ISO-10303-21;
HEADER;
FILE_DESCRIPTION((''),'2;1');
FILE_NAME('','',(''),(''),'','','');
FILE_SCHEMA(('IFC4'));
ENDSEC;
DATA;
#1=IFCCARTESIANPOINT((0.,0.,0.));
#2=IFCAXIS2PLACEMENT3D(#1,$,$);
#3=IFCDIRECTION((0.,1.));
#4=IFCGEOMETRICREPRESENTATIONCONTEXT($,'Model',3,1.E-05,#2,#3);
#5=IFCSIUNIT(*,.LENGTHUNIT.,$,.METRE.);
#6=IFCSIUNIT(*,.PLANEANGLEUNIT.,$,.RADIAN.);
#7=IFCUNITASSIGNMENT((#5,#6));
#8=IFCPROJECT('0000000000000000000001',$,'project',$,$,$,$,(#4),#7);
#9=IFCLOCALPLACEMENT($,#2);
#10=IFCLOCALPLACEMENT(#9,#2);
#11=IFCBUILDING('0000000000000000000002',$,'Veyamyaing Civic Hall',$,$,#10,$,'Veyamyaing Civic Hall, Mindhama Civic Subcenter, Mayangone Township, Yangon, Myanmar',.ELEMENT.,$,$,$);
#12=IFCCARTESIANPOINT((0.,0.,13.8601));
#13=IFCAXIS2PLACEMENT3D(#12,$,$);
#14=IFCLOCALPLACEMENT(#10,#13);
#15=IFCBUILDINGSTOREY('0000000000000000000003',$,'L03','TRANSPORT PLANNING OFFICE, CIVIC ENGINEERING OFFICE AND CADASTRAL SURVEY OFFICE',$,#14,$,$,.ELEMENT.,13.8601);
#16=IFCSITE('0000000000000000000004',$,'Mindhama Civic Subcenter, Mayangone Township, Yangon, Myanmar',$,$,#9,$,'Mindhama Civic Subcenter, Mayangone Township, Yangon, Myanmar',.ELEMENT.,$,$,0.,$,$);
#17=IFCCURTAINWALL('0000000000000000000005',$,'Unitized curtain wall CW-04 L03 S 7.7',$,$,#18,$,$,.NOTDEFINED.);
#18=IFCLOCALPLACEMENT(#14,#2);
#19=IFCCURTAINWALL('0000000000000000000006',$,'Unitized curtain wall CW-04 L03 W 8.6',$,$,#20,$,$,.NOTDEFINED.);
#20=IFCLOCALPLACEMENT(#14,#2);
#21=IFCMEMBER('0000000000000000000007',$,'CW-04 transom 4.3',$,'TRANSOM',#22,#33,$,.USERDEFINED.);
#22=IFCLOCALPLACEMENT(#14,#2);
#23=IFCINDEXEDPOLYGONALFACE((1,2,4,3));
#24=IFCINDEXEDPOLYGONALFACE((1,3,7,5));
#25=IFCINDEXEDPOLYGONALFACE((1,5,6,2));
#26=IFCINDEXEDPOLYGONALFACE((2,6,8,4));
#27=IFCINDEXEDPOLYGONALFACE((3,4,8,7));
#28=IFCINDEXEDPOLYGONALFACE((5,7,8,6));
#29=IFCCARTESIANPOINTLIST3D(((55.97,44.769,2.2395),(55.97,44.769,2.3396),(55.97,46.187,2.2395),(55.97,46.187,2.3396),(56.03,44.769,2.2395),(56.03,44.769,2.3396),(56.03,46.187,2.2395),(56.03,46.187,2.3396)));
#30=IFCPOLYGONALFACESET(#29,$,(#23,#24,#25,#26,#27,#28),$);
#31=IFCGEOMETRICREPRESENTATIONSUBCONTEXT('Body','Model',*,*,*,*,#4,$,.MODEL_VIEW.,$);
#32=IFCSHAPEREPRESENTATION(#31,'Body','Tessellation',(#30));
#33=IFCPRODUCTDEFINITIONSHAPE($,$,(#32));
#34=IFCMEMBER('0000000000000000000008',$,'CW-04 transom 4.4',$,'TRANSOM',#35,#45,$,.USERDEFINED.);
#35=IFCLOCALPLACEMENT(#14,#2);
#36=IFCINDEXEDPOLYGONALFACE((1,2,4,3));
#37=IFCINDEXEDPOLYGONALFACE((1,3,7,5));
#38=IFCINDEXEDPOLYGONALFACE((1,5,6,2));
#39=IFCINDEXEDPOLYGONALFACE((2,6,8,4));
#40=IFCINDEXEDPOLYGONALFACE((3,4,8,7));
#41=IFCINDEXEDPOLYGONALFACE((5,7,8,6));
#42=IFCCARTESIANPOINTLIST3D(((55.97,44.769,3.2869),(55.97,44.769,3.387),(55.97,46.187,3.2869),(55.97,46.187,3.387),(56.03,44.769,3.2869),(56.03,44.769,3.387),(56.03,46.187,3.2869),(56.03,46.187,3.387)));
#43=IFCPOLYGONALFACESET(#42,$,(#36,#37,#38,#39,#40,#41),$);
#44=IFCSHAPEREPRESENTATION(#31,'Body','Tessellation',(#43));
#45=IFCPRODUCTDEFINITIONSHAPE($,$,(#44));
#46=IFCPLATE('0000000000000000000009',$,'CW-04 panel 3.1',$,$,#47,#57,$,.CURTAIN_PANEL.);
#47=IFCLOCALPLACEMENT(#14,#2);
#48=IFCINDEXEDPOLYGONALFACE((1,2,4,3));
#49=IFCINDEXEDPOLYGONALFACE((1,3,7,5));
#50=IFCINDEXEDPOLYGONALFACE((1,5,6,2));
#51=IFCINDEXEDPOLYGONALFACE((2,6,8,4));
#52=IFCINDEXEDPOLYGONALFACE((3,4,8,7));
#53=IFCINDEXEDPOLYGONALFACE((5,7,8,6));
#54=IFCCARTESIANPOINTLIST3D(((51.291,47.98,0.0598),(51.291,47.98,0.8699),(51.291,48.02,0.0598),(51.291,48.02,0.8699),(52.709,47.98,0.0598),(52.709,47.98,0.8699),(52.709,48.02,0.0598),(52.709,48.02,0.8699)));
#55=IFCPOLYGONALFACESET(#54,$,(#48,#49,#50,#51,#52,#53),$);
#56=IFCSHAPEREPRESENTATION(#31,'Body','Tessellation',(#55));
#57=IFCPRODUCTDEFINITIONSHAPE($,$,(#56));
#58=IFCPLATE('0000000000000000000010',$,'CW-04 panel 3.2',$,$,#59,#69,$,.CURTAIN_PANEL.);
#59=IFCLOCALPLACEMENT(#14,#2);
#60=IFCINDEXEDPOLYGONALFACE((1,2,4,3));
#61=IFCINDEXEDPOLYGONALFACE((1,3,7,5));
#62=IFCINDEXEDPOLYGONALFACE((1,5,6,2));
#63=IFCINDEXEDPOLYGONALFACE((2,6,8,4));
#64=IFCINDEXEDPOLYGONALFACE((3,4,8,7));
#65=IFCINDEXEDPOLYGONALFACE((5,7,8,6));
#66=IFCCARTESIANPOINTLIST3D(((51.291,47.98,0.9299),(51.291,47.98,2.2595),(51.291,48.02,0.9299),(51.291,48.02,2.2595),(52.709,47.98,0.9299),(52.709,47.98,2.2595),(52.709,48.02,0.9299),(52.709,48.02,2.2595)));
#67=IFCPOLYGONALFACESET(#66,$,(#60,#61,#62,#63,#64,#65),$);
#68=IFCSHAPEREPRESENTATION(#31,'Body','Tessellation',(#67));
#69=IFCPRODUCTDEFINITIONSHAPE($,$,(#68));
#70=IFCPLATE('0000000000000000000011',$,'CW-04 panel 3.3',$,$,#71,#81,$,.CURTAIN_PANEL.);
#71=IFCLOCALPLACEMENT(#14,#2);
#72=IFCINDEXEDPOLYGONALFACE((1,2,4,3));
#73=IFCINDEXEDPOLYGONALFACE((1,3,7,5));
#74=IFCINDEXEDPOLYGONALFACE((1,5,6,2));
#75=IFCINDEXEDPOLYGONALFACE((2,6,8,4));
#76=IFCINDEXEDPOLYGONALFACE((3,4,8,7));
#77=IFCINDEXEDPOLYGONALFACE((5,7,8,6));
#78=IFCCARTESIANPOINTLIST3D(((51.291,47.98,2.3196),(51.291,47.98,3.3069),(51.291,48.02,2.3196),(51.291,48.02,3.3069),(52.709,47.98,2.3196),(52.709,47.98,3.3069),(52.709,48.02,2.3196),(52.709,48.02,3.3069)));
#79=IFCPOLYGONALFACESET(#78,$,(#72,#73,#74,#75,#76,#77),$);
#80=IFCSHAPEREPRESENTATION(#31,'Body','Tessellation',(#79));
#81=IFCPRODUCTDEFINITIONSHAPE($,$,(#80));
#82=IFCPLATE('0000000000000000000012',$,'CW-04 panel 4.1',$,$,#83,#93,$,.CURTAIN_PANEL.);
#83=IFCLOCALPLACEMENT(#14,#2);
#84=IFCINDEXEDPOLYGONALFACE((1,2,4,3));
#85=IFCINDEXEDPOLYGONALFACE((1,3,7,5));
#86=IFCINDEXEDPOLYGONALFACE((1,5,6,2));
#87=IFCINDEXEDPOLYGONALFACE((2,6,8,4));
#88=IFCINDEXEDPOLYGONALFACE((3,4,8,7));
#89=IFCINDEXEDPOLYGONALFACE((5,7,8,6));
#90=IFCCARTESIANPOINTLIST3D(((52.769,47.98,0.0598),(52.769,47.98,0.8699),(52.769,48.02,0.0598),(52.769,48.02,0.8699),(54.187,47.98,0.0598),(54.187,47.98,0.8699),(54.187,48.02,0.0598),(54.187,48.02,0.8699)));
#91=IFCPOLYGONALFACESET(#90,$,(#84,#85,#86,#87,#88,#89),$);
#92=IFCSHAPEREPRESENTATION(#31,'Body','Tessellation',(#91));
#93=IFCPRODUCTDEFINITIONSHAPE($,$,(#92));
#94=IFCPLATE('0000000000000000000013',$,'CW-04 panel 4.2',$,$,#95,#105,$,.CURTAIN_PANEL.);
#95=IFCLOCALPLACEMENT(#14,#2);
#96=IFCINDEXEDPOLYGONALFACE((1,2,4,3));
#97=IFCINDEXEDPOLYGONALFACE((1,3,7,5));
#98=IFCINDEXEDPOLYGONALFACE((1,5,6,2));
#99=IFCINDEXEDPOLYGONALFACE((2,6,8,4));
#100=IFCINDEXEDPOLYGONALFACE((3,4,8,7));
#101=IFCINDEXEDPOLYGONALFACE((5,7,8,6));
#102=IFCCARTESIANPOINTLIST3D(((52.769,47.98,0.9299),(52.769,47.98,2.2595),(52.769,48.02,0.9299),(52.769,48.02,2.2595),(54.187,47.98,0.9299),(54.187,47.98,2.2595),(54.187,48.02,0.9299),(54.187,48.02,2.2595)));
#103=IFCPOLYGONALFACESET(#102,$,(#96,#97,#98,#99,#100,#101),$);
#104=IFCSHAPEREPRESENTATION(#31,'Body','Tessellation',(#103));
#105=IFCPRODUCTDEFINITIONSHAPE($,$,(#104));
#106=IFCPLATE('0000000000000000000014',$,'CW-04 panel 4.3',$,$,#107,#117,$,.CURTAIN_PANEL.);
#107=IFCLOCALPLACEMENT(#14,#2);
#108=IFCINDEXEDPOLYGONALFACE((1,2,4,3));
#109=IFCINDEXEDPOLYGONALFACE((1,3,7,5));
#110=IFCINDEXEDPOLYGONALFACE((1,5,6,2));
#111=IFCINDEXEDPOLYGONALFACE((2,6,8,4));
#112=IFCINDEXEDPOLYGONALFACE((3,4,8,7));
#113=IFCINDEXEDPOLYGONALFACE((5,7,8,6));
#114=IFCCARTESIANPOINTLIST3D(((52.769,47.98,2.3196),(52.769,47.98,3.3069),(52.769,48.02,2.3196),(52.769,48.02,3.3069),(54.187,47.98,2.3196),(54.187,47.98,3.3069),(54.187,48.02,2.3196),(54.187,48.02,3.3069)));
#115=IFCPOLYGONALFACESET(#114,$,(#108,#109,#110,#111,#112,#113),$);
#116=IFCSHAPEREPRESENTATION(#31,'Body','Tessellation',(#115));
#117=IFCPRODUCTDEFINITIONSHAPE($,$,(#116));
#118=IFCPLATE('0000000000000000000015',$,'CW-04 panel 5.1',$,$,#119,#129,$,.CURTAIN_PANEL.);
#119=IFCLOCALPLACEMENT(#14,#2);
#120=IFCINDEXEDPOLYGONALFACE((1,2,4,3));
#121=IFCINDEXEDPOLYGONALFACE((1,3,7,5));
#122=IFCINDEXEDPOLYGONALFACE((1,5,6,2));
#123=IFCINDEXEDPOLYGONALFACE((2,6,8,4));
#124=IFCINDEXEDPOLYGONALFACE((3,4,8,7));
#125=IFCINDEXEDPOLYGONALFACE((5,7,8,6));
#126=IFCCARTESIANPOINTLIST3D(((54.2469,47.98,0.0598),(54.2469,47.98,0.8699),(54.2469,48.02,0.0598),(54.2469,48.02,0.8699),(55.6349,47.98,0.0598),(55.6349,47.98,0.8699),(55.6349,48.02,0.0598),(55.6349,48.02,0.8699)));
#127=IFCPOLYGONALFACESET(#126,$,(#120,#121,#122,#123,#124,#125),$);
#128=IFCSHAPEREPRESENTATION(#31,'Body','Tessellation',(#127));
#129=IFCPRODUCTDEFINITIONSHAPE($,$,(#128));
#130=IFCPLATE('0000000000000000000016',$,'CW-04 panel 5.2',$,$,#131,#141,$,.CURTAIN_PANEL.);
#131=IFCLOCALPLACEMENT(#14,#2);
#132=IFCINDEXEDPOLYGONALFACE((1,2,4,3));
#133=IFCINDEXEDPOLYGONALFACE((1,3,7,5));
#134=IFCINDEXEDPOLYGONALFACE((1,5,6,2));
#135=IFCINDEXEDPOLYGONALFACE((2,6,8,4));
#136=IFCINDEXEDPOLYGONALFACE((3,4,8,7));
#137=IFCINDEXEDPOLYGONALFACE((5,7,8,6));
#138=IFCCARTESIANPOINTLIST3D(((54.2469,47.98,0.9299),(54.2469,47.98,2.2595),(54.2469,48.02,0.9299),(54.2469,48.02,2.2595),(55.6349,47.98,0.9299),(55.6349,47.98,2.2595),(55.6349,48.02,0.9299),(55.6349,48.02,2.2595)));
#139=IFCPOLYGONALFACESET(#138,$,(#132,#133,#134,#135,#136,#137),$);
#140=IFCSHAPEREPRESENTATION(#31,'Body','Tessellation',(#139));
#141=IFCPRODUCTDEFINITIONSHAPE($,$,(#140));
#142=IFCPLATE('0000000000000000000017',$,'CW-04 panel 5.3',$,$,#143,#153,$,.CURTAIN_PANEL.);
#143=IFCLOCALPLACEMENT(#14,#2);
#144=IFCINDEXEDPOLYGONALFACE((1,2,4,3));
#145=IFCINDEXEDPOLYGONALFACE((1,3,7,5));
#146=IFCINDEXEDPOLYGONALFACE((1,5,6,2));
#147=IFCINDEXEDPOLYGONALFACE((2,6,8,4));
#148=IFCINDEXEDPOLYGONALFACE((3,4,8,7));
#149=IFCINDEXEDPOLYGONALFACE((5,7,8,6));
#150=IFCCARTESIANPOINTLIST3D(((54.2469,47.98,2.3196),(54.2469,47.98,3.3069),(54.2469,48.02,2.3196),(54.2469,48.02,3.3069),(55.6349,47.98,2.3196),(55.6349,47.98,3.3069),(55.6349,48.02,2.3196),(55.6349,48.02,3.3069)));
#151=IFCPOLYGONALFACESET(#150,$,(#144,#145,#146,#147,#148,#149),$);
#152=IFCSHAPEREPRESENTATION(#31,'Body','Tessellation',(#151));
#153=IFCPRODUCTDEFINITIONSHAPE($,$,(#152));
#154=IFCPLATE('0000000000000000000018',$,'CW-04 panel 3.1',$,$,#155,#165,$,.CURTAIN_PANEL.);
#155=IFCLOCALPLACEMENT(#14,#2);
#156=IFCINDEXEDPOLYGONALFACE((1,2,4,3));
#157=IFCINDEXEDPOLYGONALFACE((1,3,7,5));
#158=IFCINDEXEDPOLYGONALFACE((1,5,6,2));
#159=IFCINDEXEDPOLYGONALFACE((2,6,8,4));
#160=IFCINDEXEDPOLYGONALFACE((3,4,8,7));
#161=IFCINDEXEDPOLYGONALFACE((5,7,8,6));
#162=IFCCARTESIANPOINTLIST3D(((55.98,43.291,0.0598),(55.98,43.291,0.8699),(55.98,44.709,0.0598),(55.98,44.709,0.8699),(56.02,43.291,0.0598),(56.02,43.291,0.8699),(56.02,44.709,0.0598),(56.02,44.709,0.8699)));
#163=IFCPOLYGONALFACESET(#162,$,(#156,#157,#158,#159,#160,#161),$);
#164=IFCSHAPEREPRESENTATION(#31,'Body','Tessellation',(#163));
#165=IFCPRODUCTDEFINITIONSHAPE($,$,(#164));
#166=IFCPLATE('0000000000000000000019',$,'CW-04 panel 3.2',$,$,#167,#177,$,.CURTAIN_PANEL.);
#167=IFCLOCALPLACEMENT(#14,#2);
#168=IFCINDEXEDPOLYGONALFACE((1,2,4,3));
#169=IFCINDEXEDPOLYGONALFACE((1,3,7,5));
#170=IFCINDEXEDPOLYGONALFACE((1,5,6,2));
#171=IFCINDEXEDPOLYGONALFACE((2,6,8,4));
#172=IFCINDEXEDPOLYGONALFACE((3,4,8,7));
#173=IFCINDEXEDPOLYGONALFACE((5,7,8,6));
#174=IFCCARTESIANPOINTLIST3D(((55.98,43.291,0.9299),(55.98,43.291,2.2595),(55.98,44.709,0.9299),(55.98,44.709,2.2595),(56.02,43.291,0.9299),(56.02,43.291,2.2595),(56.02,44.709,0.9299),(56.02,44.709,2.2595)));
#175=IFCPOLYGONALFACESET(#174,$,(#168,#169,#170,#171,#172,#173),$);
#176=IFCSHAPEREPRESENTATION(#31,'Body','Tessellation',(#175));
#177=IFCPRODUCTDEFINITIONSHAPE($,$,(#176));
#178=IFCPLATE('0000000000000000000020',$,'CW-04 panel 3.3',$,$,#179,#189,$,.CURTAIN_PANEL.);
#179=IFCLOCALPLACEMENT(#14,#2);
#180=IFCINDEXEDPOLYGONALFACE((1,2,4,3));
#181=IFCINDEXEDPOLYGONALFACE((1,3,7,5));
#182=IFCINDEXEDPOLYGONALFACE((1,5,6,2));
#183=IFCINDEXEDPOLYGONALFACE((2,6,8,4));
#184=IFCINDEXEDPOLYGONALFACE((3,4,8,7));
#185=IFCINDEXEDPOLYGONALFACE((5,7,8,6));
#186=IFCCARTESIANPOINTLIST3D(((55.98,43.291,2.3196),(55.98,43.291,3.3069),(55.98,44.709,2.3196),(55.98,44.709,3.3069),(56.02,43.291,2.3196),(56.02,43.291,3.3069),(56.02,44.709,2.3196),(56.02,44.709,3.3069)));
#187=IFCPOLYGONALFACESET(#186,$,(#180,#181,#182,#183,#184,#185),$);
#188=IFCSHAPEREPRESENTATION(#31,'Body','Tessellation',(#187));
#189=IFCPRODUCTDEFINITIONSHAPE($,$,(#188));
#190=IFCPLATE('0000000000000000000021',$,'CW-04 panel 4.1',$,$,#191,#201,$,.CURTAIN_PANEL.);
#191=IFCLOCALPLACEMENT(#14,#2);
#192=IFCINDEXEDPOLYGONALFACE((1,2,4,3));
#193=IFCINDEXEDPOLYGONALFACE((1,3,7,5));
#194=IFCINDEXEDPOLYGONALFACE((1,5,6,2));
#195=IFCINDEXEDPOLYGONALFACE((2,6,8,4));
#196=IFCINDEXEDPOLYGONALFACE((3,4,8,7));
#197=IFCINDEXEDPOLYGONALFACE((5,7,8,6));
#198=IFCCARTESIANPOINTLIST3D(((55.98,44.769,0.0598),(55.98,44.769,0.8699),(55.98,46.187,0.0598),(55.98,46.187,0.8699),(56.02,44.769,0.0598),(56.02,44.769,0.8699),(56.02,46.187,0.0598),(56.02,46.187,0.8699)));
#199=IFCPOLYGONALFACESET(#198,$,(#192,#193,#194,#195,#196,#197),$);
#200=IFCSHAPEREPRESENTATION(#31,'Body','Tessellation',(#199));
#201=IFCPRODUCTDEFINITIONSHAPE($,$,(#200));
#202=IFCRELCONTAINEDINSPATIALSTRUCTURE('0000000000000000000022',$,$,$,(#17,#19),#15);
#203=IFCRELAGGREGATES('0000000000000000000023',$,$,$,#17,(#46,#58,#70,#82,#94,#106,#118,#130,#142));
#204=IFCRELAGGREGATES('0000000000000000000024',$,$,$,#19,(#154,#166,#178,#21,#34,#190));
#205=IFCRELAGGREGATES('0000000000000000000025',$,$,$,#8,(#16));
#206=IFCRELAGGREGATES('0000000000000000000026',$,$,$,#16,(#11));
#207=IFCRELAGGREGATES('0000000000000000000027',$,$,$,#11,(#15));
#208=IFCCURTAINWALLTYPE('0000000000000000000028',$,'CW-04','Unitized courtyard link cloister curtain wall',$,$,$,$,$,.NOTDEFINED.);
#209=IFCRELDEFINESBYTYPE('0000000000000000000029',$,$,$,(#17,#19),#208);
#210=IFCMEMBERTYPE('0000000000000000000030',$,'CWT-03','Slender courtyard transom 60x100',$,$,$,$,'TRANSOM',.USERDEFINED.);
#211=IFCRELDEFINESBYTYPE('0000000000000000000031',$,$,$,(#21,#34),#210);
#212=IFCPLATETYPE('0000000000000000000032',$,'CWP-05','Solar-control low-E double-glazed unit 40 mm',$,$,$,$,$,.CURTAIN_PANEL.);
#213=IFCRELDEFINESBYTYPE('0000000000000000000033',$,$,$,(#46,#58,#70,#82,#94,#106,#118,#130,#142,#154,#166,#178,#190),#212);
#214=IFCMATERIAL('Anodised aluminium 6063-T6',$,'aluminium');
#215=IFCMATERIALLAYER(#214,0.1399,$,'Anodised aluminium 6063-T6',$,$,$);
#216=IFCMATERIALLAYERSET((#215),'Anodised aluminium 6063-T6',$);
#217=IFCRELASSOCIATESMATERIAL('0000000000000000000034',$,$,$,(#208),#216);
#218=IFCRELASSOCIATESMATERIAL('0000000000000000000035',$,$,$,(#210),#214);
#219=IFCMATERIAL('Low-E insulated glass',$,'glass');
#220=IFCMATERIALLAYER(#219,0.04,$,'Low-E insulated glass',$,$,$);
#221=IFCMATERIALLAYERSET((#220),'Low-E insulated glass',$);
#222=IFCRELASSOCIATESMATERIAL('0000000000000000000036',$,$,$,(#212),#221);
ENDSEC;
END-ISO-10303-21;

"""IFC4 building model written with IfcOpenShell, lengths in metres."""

from ifc_helpers import new_model, si_unit, direction, frame, origin, origin_2d, place, context, subcontext, project, spatial, rectangle, extrude, material, layer, layer_set, material_profile, profile_set, type_object, element, aggregate, save


model = new_model("IFC4")

# Units and contexts
model_context = context("Model", 3, precision=1e-05, world=origin(), true_north=direction((0.0, 1.0)))
body_context = subcontext(model_context, "Body", "Model", "MODEL_VIEW")
ifc_project = project(units=[si_unit("LENGTHUNIT", "METRE"), si_unit("PLANEANGLEUNIT", "RADIAN")], contexts=[model_context])

# Site, building, storey
site_placement = place(None, origin())
site = spatial("IfcSite", under=ifc_project, at=site_placement, Name="Mindhama Civic Subcenter, Mayangone Township, Yangon, Myanmar", LongName="Mindhama Civic Subcenter, Mayangone Township, Yangon, Myanmar", CompositionType="ELEMENT", RefElevation=0.0)
building_placement = place(site_placement, origin())
building = spatial("IfcBuilding", under=site, at=building_placement, Name="Veyamyaing Civic Hall", LongName="Veyamyaing Civic Hall, Mindhama Civic Subcenter, Mayangone Township, Yangon, Myanmar", CompositionType="ELEMENT")
storey_placement = place(building_placement, frame((0.0, 0.0, 13.8601)))
storey = spatial("IfcBuildingStorey", under=building, at=storey_placement, Name="L03", Description="TRANSPORT PLANNING OFFICE, CIVIC ENGINEERING OFFICE AND CADASTRAL SURVEY OFFICE", CompositionType="ELEMENT", Elevation=13.8601)

# Curtain walls
ifc_material_1 = material(Name="Anodised aluminium 6063-T6", Category="aluminium")
ifc_layer_1 = layer(ifc_material_1, 0.1399, Name="Anodised aluminium 6063-T6")
ifc_layer_set_1 = layer_set([ifc_layer_1], Name="Anodised aluminium 6063-T6")
curtain_wall_type = type_object("IfcCurtainWallType", Name="CW-04", Description="Unitized courtyard link cloister curtain wall", PredefinedType="NOTDEFINED", material=ifc_layer_set_1)
curtain_wall_1_placement = place(storey_placement, origin())
curtain_wall_1 = element("IfcCurtainWall", 1, at=curtain_wall_1_placement, inside=storey, type_object=curtain_wall_type, Name="Unitized curtain wall CW-04 L03 S 7.7", PredefinedType="NOTDEFINED")
curtain_wall_2_placement = place(storey_placement, origin())
curtain_wall_2 = element("IfcCurtainWall", 2, at=curtain_wall_2_placement, inside=storey, type_object=curtain_wall_type, Name="Unitized curtain wall CW-04 L03 W 8.6", PredefinedType="NOTDEFINED")

# Members
ifc_material_profile_1 = material_profile(ifc_material_1, rectangle(XDim=0.0601, YDim=0.1001, at=origin_2d()), Name="ALU-TRN-60X100")
ifc_profile_set_1 = profile_set([ifc_material_profile_1], Name="Anodised aluminium 6063-T6")
member_type_1 = type_object("IfcMemberType", Name="CWT-03", Description="Slender courtyard transom 60x100", ElementType="TRANSOM", PredefinedType="USERDEFINED", material=ifc_profile_set_1)
member_1_placement = place(storey_placement, frame((56.0, 44.769, 2.2896), z_axis=(0.0, 1.0, 0.0), x_axis=(-1.0, 0.0, 0.0)))
member_1 = element("IfcMember", 3, at=member_1_placement, type_object=member_type_1, Name="CW-04 transom 4.3", ObjectType="TRANSOM", PredefinedType="USERDEFINED", context=body_context, shape_type="SweptSolid", body=[
    extrude(rectangle(XDim=0.0601, YDim=0.1001, at=origin_2d()), origin(), (0.0, 0.0, 1.0), 1.418),
])
member_2_placement = place(storey_placement, frame((56.0, 44.769, 3.3369), z_axis=(0.0, 1.0, 0.0), x_axis=(-1.0, 0.0, 0.0)))
member_2 = element("IfcMember", 4, at=member_2_placement, type_object=member_type_1, Name="CW-04 transom 4.4", ObjectType="TRANSOM", PredefinedType="USERDEFINED", context=body_context, shape_type="SweptSolid", body=[
    extrude(rectangle(XDim=0.0601, YDim=0.1001, at=origin_2d()), origin(), (0.0, 0.0, 1.0), 1.418),
])

# Plates
ifc_material_2 = material(Name="Low-E insulated glass", Category="glass")
ifc_layer_2 = layer(ifc_material_2, 0.04, Name="Low-E insulated glass")
ifc_layer_set_2 = layer_set([ifc_layer_2], Name="Low-E insulated glass")
plate_type = type_object("IfcPlateType", Name="CWP-05", Description="Solar-control low-E double-glazed unit 40 mm", PredefinedType="CURTAIN_PANEL", material=ifc_layer_set_2)
plate_1_placement = place(storey_placement, frame((52.0, 48.0, 0.0598), z_axis=(0.0, 0.0, 1.0), x_axis=(1.0, 0.0, 0.0)))
plate_1 = element("IfcPlate", 5, at=plate_1_placement, type_object=plate_type, Name="CW-04 panel 3.1", PredefinedType="CURTAIN_PANEL", context=body_context, shape_type="SweptSolid", body=[
    extrude(rectangle(XDim=1.418, YDim=0.04, at=origin_2d()), origin(), (0.0, 0.0, 1.0), 0.8101),
])
plate_2_placement = place(storey_placement, frame((52.0, 48.0, 0.9299), z_axis=(0.0, 0.0, 1.0), x_axis=(1.0, 0.0, 0.0)))
plate_2 = element("IfcPlate", 6, at=plate_2_placement, type_object=plate_type, Name="CW-04 panel 3.2", PredefinedType="CURTAIN_PANEL", context=body_context, shape_type="SweptSolid", body=[
    extrude(rectangle(XDim=1.418, YDim=0.04, at=origin_2d()), origin(), (0.0, 0.0, 1.0), 1.3296),
])
plate_3_placement = place(storey_placement, frame((52.0, 48.0, 2.3196), z_axis=(0.0, 0.0, 1.0), x_axis=(1.0, 0.0, 0.0)))
plate_3 = element("IfcPlate", 7, at=plate_3_placement, type_object=plate_type, Name="CW-04 panel 3.3", PredefinedType="CURTAIN_PANEL", context=body_context, shape_type="SweptSolid", body=[
    extrude(rectangle(XDim=1.418, YDim=0.04, at=origin_2d()), origin(), (0.0, 0.0, 1.0), 0.9873),
])
plate_4_placement = place(storey_placement, frame((53.478, 48.0, 0.0598), z_axis=(0.0, 0.0, 1.0), x_axis=(1.0, 0.0, 0.0)))
plate_4 = element("IfcPlate", 8, at=plate_4_placement, type_object=plate_type, Name="CW-04 panel 4.1", PredefinedType="CURTAIN_PANEL", context=body_context, shape_type="SweptSolid", body=[
    extrude(rectangle(XDim=1.418, YDim=0.04, at=origin_2d()), origin(), (0.0, 0.0, 1.0), 0.8101),
])
plate_5_placement = place(storey_placement, frame((53.478, 48.0, 0.9299), z_axis=(0.0, 0.0, 1.0), x_axis=(1.0, 0.0, 0.0)))
plate_5 = element("IfcPlate", 9, at=plate_5_placement, type_object=plate_type, Name="CW-04 panel 4.2", PredefinedType="CURTAIN_PANEL", context=body_context, shape_type="SweptSolid", body=[
    extrude(rectangle(XDim=1.418, YDim=0.04, at=origin_2d()), origin(), (0.0, 0.0, 1.0), 1.3296),
])
plate_6_placement = place(storey_placement, frame((53.478, 48.0, 2.3196), z_axis=(0.0, 0.0, 1.0), x_axis=(1.0, 0.0, 0.0)))
plate_6 = element("IfcPlate", 10, at=plate_6_placement, type_object=plate_type, Name="CW-04 panel 4.3", PredefinedType="CURTAIN_PANEL", context=body_context, shape_type="SweptSolid", body=[
    extrude(rectangle(XDim=1.418, YDim=0.04, at=origin_2d()), origin(), (0.0, 0.0, 1.0), 0.9873),
])
plate_7_placement = place(storey_placement, frame((54.9409, 48.0, 0.0598), z_axis=(0.0, 0.0, 1.0), x_axis=(1.0, 0.0, 0.0)))
plate_7 = element("IfcPlate", 11, at=plate_7_placement, type_object=plate_type, Name="CW-04 panel 5.1", PredefinedType="CURTAIN_PANEL", context=body_context, shape_type="SweptSolid", body=[
    extrude(rectangle(XDim=1.3879, YDim=0.04, at=origin_2d()), origin(), (0.0, 0.0, 1.0), 0.8101),
])
plate_8_placement = place(storey_placement, frame((54.9409, 48.0, 0.9299), z_axis=(0.0, 0.0, 1.0), x_axis=(1.0, 0.0, 0.0)))
plate_8 = element("IfcPlate", 12, at=plate_8_placement, type_object=plate_type, Name="CW-04 panel 5.2", PredefinedType="CURTAIN_PANEL", context=body_context, shape_type="SweptSolid", body=[
    extrude(rectangle(XDim=1.3879, YDim=0.04, at=origin_2d()), origin(), (0.0, 0.0, 1.0), 1.3296),
])
plate_9_placement = place(storey_placement, frame((54.9409, 48.0, 2.3196), z_axis=(0.0, 0.0, 1.0), x_axis=(1.0, 0.0, 0.0)))
plate_9 = element("IfcPlate", 13, at=plate_9_placement, type_object=plate_type, Name="CW-04 panel 5.3", PredefinedType="CURTAIN_PANEL", context=body_context, shape_type="SweptSolid", body=[
    extrude(rectangle(XDim=1.3879, YDim=0.04, at=origin_2d()), origin(), (0.0, 0.0, 1.0), 0.9873),
])
aggregate(curtain_wall_1, [plate_1, plate_2, plate_3, plate_4, plate_5, plate_6, plate_7, plate_8, plate_9])
plate_10_placement = place(storey_placement, frame((56.0, 44.0, 0.0598), z_axis=(0.0, 0.0, 1.0), x_axis=(0.0, 1.0, 0.0)))
plate_10 = element("IfcPlate", 14, at=plate_10_placement, type_object=plate_type, Name="CW-04 panel 3.1", PredefinedType="CURTAIN_PANEL", context=body_context, shape_type="SweptSolid", body=[
    extrude(rectangle(XDim=1.418, YDim=0.04, at=origin_2d()), origin(), (0.0, 0.0, 1.0), 0.8101),
])
plate_11_placement = place(storey_placement, frame((56.0, 44.0, 0.9299), z_axis=(0.0, 0.0, 1.0), x_axis=(0.0, 1.0, 0.0)))
plate_11 = element("IfcPlate", 15, at=plate_11_placement, type_object=plate_type, Name="CW-04 panel 3.2", PredefinedType="CURTAIN_PANEL", context=body_context, shape_type="SweptSolid", body=[
    extrude(rectangle(XDim=1.418, YDim=0.04, at=origin_2d()), origin(), (0.0, 0.0, 1.0), 1.3296),
])
plate_12_placement = place(storey_placement, frame((56.0, 44.0, 2.3196), z_axis=(0.0, 0.0, 1.0), x_axis=(0.0, 1.0, 0.0)))
plate_12 = element("IfcPlate", 16, at=plate_12_placement, type_object=plate_type, Name="CW-04 panel 3.3", PredefinedType="CURTAIN_PANEL", context=body_context, shape_type="SweptSolid", body=[
    extrude(rectangle(XDim=1.418, YDim=0.04, at=origin_2d()), origin(), (0.0, 0.0, 1.0), 0.9873),
])
plate_13_placement = place(storey_placement, frame((56.0, 45.478, 0.0598), z_axis=(0.0, 0.0, 1.0), x_axis=(0.0, 1.0, 0.0)))
plate_13 = element("IfcPlate", 17, at=plate_13_placement, type_object=plate_type, Name="CW-04 panel 4.1", PredefinedType="CURTAIN_PANEL", context=body_context, shape_type="SweptSolid", body=[
    extrude(rectangle(XDim=1.418, YDim=0.04, at=origin_2d()), origin(), (0.0, 0.0, 1.0), 0.8101),
])
aggregate(curtain_wall_2, [plate_10, plate_11, plate_12, member_1, member_2, plate_13])

save(model, "model.ifc")
